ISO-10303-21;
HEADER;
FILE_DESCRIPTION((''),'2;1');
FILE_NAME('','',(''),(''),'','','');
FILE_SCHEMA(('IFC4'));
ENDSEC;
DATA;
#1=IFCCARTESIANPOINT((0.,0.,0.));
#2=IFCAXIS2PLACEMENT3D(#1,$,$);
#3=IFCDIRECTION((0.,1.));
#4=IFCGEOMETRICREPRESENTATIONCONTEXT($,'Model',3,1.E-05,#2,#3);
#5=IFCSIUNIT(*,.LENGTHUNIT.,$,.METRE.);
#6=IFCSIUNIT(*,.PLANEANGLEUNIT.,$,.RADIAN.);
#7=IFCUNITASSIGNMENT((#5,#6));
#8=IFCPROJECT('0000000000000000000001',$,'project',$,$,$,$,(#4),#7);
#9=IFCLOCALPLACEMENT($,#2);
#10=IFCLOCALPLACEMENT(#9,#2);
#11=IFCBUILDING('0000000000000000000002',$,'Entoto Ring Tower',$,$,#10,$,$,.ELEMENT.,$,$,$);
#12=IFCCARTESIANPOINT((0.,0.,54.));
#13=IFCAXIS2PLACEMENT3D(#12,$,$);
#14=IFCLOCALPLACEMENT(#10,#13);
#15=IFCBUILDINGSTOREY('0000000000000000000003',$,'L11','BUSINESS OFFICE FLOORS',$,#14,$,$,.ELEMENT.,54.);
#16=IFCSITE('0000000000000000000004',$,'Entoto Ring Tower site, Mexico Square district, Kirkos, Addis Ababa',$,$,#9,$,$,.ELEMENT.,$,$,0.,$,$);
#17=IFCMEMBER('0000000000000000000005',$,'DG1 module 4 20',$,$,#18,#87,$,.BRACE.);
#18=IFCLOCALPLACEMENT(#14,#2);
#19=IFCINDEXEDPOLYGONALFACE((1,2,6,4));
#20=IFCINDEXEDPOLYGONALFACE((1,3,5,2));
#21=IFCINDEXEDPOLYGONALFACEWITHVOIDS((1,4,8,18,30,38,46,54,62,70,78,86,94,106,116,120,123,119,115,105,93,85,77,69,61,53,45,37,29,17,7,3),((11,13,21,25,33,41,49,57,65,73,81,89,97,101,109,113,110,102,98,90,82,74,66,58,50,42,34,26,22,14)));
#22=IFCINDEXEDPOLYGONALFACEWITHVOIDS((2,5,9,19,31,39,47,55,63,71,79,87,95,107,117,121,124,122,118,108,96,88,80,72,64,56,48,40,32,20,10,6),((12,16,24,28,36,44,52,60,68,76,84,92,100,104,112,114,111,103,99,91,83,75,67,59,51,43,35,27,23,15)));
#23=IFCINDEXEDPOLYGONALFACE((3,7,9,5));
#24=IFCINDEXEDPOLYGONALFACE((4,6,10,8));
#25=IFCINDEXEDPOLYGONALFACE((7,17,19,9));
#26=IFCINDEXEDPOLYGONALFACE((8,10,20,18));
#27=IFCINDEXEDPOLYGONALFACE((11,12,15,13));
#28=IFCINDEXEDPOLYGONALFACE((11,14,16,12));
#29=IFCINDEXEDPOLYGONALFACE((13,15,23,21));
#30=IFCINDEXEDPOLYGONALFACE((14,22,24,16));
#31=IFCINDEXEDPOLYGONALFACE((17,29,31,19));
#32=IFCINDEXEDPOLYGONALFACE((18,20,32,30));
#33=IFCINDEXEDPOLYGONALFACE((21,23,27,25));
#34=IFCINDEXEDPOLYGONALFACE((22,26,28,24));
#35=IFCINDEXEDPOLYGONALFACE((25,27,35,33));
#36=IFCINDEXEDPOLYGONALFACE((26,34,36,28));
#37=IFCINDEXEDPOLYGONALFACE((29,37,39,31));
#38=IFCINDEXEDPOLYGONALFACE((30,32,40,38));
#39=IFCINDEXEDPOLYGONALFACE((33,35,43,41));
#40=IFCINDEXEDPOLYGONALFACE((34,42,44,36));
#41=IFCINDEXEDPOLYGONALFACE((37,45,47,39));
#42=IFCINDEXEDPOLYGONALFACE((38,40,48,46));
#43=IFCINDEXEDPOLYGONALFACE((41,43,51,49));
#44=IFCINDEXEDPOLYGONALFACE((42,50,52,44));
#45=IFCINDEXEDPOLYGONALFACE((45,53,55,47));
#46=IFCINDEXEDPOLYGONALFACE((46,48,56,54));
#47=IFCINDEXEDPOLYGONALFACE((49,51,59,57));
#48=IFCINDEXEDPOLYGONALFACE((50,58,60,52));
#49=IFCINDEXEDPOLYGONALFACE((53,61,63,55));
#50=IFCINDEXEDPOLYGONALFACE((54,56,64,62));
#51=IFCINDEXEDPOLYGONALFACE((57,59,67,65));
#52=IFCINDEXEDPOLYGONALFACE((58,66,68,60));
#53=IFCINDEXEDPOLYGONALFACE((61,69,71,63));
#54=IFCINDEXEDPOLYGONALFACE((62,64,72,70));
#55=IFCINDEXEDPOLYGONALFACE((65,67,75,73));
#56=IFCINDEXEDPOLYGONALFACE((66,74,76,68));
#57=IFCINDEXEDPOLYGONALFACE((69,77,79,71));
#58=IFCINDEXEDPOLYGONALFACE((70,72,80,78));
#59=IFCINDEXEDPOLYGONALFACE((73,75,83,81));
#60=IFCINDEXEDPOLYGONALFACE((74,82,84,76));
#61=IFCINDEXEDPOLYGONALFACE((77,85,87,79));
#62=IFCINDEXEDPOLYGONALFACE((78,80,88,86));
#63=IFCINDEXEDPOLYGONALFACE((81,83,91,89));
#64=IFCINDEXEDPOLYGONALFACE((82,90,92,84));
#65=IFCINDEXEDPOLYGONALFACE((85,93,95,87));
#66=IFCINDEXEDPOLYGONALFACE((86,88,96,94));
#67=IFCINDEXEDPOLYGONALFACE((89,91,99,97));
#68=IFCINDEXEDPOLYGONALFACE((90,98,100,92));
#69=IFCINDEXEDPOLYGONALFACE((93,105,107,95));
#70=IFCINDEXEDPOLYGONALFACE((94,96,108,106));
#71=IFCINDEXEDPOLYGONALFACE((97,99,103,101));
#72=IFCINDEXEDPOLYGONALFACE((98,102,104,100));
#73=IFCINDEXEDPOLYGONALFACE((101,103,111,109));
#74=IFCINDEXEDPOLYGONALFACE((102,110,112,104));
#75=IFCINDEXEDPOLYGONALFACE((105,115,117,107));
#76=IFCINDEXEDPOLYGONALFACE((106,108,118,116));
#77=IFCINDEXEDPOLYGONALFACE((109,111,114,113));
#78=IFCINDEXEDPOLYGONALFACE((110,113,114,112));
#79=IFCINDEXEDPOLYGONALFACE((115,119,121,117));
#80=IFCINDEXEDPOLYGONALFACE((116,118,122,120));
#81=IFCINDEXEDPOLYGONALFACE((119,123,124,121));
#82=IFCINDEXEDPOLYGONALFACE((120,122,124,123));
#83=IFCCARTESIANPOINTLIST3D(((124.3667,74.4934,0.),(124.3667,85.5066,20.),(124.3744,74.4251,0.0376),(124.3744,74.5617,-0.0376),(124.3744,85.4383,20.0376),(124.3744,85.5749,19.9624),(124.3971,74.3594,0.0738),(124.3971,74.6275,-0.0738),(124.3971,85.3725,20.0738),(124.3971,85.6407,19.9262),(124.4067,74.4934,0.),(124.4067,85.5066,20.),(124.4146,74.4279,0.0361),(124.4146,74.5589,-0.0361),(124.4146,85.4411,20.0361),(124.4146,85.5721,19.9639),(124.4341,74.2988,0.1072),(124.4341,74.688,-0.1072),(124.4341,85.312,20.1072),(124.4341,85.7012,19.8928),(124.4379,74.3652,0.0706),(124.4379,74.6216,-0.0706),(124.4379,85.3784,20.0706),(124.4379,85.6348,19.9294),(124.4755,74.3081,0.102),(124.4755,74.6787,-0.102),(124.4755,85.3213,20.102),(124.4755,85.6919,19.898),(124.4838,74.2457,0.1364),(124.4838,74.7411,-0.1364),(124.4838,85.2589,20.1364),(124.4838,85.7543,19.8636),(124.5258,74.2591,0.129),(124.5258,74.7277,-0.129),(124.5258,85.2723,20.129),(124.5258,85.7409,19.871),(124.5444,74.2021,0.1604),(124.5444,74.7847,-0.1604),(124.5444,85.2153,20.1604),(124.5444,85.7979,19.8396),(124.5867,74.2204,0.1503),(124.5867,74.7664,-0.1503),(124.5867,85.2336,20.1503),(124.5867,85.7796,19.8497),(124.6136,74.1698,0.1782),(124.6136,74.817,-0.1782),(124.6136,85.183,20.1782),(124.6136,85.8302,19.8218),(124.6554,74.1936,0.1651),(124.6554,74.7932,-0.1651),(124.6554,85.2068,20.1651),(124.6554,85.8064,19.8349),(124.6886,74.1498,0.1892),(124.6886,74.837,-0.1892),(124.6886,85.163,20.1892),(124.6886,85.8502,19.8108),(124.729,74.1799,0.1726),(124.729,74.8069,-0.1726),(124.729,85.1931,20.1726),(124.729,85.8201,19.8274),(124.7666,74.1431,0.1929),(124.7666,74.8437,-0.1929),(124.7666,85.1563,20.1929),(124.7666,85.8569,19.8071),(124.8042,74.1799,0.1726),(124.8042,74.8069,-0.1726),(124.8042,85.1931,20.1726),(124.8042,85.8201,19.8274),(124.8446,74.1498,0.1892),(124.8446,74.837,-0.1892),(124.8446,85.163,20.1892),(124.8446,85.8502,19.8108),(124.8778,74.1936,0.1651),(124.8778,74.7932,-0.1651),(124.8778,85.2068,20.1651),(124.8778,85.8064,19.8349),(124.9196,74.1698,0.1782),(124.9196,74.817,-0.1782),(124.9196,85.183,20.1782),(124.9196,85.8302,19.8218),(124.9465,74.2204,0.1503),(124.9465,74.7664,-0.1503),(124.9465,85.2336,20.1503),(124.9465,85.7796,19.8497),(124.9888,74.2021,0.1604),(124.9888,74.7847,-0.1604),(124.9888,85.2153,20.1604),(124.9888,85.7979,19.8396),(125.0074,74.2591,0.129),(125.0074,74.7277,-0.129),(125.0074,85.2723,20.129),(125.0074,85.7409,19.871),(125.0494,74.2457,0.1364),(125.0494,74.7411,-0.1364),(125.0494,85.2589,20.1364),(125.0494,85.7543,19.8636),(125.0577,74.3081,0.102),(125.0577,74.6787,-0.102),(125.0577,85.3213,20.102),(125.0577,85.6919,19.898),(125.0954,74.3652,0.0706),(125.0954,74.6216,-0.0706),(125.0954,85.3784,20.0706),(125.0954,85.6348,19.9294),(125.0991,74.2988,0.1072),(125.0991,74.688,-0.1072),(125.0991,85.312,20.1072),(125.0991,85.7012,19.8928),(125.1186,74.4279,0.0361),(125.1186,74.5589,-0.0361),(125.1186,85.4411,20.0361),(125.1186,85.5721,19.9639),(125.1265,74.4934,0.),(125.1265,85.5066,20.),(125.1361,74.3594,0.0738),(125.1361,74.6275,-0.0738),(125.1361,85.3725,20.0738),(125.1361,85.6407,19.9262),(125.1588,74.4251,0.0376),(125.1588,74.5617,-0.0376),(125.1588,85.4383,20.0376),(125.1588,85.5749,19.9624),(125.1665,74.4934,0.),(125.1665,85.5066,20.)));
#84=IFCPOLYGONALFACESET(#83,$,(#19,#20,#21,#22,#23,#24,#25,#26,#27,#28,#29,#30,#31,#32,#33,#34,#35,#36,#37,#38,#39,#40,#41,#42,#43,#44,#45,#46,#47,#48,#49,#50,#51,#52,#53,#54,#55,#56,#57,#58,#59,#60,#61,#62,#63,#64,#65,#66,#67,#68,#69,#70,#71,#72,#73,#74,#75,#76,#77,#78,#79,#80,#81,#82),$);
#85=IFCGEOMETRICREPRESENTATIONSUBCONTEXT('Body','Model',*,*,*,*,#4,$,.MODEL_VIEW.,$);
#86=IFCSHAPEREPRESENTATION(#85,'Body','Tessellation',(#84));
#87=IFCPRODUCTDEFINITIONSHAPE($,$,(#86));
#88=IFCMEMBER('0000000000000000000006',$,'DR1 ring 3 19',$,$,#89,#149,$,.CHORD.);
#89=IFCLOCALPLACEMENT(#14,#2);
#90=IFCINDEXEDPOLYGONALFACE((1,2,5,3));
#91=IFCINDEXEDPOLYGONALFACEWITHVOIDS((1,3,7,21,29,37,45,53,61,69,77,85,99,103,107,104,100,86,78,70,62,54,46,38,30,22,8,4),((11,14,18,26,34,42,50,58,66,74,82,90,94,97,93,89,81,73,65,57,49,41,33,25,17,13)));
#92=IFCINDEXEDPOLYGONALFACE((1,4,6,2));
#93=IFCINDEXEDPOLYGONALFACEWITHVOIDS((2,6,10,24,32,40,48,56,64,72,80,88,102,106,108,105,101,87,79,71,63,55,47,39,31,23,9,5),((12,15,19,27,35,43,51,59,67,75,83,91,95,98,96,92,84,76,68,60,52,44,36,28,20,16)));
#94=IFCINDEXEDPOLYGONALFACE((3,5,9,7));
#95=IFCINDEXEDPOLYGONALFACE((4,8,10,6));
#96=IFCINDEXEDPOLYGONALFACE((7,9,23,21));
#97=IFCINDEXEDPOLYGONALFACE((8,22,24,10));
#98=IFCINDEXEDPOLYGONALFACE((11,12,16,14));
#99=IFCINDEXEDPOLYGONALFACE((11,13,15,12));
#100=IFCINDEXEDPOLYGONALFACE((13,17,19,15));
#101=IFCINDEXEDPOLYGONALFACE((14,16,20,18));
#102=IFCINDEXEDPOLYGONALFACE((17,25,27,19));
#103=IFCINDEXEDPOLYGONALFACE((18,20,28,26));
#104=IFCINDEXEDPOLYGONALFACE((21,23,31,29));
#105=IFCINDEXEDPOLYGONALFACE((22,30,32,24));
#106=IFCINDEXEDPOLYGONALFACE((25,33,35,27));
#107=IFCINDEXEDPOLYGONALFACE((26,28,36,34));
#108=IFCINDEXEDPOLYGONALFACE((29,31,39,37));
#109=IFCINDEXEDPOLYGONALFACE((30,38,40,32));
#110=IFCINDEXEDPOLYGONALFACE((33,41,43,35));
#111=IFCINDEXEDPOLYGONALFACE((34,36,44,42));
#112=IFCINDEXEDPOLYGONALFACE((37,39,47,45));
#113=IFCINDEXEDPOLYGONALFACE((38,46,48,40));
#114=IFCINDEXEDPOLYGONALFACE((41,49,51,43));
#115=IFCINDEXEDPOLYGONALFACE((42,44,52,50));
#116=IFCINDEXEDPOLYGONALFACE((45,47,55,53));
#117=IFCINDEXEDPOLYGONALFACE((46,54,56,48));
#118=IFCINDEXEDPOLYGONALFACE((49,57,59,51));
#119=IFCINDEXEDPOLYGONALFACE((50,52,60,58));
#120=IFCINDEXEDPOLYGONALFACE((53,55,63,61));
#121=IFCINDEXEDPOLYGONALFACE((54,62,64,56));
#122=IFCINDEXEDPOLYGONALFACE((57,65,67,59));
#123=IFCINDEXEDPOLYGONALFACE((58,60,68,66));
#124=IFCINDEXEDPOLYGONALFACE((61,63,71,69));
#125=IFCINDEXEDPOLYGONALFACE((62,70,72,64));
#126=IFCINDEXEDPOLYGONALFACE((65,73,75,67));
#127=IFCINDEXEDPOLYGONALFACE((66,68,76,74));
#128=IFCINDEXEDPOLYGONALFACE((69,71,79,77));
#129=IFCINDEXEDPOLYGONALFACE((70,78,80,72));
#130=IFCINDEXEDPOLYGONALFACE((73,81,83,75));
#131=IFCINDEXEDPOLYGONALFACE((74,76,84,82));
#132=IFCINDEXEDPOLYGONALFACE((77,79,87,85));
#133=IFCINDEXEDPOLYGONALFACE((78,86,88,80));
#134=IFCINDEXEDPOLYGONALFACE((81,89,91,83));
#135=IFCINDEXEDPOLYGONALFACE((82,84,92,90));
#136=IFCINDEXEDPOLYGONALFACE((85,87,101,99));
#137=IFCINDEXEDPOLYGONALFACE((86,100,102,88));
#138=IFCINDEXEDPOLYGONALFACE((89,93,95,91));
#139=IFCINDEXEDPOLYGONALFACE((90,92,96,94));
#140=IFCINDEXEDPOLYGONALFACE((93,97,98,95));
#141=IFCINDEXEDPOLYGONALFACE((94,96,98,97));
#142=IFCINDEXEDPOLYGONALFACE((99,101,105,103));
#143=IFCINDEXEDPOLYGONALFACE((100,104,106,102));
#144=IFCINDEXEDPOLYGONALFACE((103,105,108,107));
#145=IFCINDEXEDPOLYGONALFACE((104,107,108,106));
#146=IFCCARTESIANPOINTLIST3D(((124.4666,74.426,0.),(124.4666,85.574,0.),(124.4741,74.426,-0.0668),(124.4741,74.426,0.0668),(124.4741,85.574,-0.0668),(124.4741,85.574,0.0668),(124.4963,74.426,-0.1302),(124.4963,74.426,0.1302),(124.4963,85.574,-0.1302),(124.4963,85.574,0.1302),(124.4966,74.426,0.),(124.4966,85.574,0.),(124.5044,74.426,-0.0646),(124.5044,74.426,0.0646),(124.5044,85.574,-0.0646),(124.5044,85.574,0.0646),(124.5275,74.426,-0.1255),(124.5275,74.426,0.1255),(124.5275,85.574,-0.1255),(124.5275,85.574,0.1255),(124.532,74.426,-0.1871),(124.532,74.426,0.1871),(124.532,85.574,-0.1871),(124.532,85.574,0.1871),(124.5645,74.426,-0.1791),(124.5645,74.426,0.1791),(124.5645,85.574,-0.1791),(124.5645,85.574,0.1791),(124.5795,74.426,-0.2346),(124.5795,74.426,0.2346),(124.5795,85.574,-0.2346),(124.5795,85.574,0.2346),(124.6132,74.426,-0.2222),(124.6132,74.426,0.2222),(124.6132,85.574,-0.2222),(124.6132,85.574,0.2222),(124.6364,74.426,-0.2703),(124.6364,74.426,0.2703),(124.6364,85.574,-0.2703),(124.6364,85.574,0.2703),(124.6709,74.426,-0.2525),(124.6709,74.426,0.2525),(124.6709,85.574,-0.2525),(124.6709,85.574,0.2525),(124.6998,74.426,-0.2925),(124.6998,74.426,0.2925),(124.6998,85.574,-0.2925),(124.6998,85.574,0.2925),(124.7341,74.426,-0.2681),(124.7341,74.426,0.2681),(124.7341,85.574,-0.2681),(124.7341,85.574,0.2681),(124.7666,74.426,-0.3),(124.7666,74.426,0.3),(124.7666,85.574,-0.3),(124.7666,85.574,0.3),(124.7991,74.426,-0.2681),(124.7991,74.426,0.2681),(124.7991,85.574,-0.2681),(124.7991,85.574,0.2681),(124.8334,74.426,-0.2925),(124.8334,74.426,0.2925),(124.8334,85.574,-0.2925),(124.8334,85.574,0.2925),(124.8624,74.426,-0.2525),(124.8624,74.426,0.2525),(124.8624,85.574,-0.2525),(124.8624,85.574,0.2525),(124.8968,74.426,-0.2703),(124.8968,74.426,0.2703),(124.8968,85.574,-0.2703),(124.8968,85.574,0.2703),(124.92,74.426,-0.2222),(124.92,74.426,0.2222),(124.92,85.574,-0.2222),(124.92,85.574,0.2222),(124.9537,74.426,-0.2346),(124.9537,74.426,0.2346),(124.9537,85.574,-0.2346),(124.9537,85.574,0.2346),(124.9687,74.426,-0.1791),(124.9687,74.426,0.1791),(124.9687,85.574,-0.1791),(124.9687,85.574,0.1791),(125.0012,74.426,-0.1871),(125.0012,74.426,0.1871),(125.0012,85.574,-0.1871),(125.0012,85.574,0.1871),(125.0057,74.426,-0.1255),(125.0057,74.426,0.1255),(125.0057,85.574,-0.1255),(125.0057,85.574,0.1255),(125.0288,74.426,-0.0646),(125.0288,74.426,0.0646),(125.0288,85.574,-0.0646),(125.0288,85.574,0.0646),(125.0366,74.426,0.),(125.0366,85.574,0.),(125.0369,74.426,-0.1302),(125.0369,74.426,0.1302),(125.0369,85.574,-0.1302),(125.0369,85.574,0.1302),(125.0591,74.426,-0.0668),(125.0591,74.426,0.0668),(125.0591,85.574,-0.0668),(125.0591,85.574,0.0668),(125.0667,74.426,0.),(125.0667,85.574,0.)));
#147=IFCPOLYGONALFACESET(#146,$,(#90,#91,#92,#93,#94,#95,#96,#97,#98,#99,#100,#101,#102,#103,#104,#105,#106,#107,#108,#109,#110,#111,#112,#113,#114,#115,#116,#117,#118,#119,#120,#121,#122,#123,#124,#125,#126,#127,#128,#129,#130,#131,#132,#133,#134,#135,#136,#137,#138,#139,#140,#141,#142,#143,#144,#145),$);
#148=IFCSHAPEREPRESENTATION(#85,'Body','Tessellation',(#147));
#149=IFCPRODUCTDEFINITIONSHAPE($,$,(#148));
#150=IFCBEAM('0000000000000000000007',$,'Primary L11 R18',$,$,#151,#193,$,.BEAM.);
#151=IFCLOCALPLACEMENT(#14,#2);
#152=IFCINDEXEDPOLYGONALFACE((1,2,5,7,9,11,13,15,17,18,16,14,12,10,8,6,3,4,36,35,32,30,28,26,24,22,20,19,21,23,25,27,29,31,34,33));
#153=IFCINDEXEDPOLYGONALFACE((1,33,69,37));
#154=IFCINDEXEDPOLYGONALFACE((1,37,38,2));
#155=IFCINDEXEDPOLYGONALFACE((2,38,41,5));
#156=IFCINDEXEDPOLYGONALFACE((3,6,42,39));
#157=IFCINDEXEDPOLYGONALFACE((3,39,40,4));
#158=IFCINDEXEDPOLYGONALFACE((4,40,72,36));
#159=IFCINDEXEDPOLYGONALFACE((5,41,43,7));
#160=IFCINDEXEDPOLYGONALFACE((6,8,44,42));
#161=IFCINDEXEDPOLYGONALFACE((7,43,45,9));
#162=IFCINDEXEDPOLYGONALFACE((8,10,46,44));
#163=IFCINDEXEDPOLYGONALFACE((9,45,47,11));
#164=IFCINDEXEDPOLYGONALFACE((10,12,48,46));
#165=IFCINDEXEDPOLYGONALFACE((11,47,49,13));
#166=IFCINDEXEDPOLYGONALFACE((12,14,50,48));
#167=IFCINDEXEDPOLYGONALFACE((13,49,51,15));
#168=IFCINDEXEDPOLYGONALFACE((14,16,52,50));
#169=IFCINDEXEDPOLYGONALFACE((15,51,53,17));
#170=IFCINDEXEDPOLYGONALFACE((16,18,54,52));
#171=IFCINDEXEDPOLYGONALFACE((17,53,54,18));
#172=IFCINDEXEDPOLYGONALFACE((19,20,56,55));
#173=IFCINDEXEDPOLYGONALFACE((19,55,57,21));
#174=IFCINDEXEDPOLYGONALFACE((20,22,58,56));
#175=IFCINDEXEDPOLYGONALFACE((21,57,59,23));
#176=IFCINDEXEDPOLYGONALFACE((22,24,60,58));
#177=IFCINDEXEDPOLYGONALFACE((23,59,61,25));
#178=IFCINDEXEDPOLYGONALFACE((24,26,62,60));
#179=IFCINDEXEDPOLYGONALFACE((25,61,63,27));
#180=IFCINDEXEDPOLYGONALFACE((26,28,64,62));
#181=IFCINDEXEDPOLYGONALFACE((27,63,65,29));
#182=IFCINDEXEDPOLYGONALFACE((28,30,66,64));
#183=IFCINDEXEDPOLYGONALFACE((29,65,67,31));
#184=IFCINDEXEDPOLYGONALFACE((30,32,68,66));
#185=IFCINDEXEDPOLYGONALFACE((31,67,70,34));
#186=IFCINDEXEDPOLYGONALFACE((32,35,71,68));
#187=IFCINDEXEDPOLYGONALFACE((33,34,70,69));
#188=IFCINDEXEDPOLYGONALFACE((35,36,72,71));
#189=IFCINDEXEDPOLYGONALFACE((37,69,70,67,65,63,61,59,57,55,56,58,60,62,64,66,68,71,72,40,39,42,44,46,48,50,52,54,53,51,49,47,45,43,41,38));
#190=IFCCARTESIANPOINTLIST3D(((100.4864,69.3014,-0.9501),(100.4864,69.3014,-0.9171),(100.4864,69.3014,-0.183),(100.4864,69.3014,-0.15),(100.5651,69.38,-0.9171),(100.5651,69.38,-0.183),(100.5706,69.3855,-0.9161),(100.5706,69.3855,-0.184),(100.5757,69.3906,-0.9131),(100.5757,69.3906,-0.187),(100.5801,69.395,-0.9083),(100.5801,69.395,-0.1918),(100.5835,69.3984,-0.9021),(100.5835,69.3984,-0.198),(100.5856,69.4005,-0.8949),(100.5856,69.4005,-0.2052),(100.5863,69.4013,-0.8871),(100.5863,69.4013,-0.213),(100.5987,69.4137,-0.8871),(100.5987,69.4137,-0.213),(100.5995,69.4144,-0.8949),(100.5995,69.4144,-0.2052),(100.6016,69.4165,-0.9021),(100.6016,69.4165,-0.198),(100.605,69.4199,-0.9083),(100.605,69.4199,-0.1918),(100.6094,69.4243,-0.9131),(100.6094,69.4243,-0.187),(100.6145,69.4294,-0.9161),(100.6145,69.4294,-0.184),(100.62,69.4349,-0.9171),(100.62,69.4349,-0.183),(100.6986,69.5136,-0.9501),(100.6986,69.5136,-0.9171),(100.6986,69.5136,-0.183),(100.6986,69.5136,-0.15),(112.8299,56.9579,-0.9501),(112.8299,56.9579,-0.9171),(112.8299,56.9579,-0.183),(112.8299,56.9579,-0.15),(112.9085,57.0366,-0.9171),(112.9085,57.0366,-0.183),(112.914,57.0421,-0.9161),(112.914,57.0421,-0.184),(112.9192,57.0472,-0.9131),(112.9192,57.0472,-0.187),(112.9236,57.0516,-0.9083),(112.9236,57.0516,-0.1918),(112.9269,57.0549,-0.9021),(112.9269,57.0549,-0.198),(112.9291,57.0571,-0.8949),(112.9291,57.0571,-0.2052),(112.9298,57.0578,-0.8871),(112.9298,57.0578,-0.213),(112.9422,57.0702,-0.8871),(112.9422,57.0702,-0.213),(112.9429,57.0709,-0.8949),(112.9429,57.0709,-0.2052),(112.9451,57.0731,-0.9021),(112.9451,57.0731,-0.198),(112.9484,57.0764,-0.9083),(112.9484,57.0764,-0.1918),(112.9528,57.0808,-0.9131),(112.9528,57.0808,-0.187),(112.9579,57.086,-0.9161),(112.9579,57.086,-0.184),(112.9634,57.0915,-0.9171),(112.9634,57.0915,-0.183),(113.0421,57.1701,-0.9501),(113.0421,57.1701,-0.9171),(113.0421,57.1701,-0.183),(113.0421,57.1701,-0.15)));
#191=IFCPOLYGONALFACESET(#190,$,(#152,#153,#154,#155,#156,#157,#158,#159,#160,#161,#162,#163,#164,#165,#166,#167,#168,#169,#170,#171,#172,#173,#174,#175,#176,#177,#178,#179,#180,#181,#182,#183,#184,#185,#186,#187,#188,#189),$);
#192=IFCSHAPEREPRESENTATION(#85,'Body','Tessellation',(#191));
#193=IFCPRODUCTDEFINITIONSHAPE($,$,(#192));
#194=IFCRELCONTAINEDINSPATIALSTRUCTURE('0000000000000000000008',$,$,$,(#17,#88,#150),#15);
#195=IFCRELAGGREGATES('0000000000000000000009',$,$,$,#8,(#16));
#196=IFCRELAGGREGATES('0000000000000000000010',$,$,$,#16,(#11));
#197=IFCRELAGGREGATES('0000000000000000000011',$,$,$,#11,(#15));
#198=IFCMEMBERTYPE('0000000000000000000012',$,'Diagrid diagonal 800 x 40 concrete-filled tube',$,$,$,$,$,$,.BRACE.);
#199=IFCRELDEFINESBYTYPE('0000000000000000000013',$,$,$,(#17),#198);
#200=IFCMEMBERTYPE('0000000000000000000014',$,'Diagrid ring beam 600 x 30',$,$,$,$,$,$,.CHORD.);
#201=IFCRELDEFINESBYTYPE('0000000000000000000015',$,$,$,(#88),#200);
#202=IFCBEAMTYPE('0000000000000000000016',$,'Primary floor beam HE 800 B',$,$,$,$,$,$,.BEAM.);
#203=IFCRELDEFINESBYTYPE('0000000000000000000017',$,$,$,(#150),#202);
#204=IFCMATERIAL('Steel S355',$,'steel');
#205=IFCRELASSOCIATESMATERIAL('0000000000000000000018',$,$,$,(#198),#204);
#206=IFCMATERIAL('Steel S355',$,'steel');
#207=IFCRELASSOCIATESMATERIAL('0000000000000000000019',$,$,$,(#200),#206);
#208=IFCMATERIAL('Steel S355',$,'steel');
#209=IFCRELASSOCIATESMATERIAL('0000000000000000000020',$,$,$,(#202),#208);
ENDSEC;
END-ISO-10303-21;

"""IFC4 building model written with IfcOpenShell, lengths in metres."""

from ifc_helpers import new_model, si_unit, direction, frame, origin, origin_2d, place, context, subcontext, project, spatial, circle, hollow_circle, i_section, extrude, material, material_profile, profile_set, type_object, element, save


model = new_model("IFC4")

# Units and contexts
model_context = context("Model", 3, precision=1e-05, world=origin(), true_north=direction((0.0, 1.0)))
body_context = subcontext(model_context, "Body", "Model", "MODEL_VIEW")
ifc_project = project(units=[si_unit("LENGTHUNIT", "METRE"), si_unit("PLANEANGLEUNIT", "RADIAN")], contexts=[model_context])

# Site, building, storey
site_placement = place(None, origin())
site = spatial("IfcSite", under=ifc_project, at=site_placement, Name="Entoto Ring Tower site, Mexico Square district, Kirkos, Addis Ababa", CompositionType="ELEMENT", RefElevation=0.0)
building_placement = place(site_placement, origin())
building = spatial("IfcBuilding", under=site, at=building_placement, Name="Entoto Ring Tower", CompositionType="ELEMENT")
storey_placement = place(building_placement, frame((0.0, 0.0, 54.0)))
storey = spatial("IfcBuildingStorey", under=building, at=storey_placement, Name="L11", Description="BUSINESS OFFICE FLOORS", CompositionType="ELEMENT", Elevation=54.0)

# Members
ifc_material_1 = material(Name="Steel S355", Category="steel")
ifc_material_profile_1 = material_profile(ifc_material_1, hollow_circle(Radius=0.3999, WallThickness=0.04, at=origin_2d()), Name="CHS 800 x 40")
ifc_material_2 = material(Name="Concrete C60/75", Category="concrete")
ifc_material_profile_2 = material_profile(ifc_material_2, circle(Radius=0.3601, at=origin_2d()), Name="Concrete C60/75 infill")
ifc_profile_set_1 = profile_set([ifc_material_profile_1, ifc_material_profile_2], Name="Steel S355")
member_type_1 = type_object("IfcMemberType", Name="Diagrid diagonal 800 x 40 concrete-filled tube", PredefinedType="BRACE", material=ifc_profile_set_1)
member_1_placement = place(storey_placement, frame((124.7666, 74.4934, 0.0), z_axis=(0.0, 0.482362, 0.875972), x_axis=(-1.0, 0.0, 0.0)))
element("IfcMember", 1, at=member_1_placement, inside=storey, type_object=member_type_1, Name="DG1 module 4 20", PredefinedType="BRACE", context=body_context, shape_type="SweptSolid", body=[
    extrude(hollow_circle(Radius=0.3999, WallThickness=0.04, at=origin_2d()), origin(), (0.0, 0.0, 1.0), 22.8318),
])
ifc_material_3 = material(Name="Steel S355", Category="steel")
ifc_material_profile_3 = material_profile(ifc_material_3, hollow_circle(Radius=0.3, WallThickness=0.03, at=origin_2d()), Name="CHS 600 x 30")
ifc_material_4 = material(Name="Concrete C60/75", Category="concrete")
ifc_material_profile_4 = material_profile(ifc_material_4, circle(Radius=0.27, at=origin_2d()), Name="Concrete C60/75 infill")
ifc_profile_set_2 = profile_set([ifc_material_profile_3, ifc_material_profile_4], Name="Steel S355")
member_type_2 = type_object("IfcMemberType", Name="Diagrid ring beam 600 x 30", PredefinedType="CHORD", material=ifc_profile_set_2)
member_2_placement = place(storey_placement, frame((124.7666, 74.426, 0.0), z_axis=(0.0, 1.0, 0.0), x_axis=(-1.0, 0.0, 0.0)))
element("IfcMember", 2, at=member_2_placement, inside=storey, type_object=member_type_2, Name="DR1 ring 3 19", PredefinedType="CHORD", context=body_context, shape_type="SweptSolid", body=[
    extrude(hollow_circle(Radius=0.3, WallThickness=0.03, at=origin_2d()), origin(), (0.0, 0.0, 1.0), 11.1479),
])

# Beam
ifc_material_5 = material(Name="Steel S355", Category="steel")
ifc_material_profile_5 = material_profile(ifc_material_5, i_section(OverallWidth=0.3, OverallDepth=0.8, WebThickness=0.0176, FlangeThickness=0.033, FilletRadius=0.03, at=origin_2d()), Name="HE 800 B")
ifc_profile_set_3 = profile_set([ifc_material_profile_5], Name="Steel S355")
beam_type_1 = type_object("IfcBeamType", Name="Primary floor beam HE 800 B", PredefinedType="BEAM", material=ifc_profile_set_3)
beam_1_placement = place(storey_placement, frame((100.5925, 69.4075, -0.55), z_axis=(0.707107, -0.707107, 0.0), x_axis=(0.707107, 0.707107, 0.0)))
element("IfcBeam", 3, at=beam_1_placement, inside=storey, type_object=beam_type_1, Name="Primary L11 R18", PredefinedType="BEAM", context=body_context, shape_type="SweptSolid", body=[
    extrude(i_section(OverallWidth=0.3, OverallDepth=0.8, WebThickness=0.0176, FlangeThickness=0.033, FilletRadius=0.03, at=origin_2d()), origin(), (0.0, 0.0, 1.0), 17.4563),
])

save(model, "model.ifc")
